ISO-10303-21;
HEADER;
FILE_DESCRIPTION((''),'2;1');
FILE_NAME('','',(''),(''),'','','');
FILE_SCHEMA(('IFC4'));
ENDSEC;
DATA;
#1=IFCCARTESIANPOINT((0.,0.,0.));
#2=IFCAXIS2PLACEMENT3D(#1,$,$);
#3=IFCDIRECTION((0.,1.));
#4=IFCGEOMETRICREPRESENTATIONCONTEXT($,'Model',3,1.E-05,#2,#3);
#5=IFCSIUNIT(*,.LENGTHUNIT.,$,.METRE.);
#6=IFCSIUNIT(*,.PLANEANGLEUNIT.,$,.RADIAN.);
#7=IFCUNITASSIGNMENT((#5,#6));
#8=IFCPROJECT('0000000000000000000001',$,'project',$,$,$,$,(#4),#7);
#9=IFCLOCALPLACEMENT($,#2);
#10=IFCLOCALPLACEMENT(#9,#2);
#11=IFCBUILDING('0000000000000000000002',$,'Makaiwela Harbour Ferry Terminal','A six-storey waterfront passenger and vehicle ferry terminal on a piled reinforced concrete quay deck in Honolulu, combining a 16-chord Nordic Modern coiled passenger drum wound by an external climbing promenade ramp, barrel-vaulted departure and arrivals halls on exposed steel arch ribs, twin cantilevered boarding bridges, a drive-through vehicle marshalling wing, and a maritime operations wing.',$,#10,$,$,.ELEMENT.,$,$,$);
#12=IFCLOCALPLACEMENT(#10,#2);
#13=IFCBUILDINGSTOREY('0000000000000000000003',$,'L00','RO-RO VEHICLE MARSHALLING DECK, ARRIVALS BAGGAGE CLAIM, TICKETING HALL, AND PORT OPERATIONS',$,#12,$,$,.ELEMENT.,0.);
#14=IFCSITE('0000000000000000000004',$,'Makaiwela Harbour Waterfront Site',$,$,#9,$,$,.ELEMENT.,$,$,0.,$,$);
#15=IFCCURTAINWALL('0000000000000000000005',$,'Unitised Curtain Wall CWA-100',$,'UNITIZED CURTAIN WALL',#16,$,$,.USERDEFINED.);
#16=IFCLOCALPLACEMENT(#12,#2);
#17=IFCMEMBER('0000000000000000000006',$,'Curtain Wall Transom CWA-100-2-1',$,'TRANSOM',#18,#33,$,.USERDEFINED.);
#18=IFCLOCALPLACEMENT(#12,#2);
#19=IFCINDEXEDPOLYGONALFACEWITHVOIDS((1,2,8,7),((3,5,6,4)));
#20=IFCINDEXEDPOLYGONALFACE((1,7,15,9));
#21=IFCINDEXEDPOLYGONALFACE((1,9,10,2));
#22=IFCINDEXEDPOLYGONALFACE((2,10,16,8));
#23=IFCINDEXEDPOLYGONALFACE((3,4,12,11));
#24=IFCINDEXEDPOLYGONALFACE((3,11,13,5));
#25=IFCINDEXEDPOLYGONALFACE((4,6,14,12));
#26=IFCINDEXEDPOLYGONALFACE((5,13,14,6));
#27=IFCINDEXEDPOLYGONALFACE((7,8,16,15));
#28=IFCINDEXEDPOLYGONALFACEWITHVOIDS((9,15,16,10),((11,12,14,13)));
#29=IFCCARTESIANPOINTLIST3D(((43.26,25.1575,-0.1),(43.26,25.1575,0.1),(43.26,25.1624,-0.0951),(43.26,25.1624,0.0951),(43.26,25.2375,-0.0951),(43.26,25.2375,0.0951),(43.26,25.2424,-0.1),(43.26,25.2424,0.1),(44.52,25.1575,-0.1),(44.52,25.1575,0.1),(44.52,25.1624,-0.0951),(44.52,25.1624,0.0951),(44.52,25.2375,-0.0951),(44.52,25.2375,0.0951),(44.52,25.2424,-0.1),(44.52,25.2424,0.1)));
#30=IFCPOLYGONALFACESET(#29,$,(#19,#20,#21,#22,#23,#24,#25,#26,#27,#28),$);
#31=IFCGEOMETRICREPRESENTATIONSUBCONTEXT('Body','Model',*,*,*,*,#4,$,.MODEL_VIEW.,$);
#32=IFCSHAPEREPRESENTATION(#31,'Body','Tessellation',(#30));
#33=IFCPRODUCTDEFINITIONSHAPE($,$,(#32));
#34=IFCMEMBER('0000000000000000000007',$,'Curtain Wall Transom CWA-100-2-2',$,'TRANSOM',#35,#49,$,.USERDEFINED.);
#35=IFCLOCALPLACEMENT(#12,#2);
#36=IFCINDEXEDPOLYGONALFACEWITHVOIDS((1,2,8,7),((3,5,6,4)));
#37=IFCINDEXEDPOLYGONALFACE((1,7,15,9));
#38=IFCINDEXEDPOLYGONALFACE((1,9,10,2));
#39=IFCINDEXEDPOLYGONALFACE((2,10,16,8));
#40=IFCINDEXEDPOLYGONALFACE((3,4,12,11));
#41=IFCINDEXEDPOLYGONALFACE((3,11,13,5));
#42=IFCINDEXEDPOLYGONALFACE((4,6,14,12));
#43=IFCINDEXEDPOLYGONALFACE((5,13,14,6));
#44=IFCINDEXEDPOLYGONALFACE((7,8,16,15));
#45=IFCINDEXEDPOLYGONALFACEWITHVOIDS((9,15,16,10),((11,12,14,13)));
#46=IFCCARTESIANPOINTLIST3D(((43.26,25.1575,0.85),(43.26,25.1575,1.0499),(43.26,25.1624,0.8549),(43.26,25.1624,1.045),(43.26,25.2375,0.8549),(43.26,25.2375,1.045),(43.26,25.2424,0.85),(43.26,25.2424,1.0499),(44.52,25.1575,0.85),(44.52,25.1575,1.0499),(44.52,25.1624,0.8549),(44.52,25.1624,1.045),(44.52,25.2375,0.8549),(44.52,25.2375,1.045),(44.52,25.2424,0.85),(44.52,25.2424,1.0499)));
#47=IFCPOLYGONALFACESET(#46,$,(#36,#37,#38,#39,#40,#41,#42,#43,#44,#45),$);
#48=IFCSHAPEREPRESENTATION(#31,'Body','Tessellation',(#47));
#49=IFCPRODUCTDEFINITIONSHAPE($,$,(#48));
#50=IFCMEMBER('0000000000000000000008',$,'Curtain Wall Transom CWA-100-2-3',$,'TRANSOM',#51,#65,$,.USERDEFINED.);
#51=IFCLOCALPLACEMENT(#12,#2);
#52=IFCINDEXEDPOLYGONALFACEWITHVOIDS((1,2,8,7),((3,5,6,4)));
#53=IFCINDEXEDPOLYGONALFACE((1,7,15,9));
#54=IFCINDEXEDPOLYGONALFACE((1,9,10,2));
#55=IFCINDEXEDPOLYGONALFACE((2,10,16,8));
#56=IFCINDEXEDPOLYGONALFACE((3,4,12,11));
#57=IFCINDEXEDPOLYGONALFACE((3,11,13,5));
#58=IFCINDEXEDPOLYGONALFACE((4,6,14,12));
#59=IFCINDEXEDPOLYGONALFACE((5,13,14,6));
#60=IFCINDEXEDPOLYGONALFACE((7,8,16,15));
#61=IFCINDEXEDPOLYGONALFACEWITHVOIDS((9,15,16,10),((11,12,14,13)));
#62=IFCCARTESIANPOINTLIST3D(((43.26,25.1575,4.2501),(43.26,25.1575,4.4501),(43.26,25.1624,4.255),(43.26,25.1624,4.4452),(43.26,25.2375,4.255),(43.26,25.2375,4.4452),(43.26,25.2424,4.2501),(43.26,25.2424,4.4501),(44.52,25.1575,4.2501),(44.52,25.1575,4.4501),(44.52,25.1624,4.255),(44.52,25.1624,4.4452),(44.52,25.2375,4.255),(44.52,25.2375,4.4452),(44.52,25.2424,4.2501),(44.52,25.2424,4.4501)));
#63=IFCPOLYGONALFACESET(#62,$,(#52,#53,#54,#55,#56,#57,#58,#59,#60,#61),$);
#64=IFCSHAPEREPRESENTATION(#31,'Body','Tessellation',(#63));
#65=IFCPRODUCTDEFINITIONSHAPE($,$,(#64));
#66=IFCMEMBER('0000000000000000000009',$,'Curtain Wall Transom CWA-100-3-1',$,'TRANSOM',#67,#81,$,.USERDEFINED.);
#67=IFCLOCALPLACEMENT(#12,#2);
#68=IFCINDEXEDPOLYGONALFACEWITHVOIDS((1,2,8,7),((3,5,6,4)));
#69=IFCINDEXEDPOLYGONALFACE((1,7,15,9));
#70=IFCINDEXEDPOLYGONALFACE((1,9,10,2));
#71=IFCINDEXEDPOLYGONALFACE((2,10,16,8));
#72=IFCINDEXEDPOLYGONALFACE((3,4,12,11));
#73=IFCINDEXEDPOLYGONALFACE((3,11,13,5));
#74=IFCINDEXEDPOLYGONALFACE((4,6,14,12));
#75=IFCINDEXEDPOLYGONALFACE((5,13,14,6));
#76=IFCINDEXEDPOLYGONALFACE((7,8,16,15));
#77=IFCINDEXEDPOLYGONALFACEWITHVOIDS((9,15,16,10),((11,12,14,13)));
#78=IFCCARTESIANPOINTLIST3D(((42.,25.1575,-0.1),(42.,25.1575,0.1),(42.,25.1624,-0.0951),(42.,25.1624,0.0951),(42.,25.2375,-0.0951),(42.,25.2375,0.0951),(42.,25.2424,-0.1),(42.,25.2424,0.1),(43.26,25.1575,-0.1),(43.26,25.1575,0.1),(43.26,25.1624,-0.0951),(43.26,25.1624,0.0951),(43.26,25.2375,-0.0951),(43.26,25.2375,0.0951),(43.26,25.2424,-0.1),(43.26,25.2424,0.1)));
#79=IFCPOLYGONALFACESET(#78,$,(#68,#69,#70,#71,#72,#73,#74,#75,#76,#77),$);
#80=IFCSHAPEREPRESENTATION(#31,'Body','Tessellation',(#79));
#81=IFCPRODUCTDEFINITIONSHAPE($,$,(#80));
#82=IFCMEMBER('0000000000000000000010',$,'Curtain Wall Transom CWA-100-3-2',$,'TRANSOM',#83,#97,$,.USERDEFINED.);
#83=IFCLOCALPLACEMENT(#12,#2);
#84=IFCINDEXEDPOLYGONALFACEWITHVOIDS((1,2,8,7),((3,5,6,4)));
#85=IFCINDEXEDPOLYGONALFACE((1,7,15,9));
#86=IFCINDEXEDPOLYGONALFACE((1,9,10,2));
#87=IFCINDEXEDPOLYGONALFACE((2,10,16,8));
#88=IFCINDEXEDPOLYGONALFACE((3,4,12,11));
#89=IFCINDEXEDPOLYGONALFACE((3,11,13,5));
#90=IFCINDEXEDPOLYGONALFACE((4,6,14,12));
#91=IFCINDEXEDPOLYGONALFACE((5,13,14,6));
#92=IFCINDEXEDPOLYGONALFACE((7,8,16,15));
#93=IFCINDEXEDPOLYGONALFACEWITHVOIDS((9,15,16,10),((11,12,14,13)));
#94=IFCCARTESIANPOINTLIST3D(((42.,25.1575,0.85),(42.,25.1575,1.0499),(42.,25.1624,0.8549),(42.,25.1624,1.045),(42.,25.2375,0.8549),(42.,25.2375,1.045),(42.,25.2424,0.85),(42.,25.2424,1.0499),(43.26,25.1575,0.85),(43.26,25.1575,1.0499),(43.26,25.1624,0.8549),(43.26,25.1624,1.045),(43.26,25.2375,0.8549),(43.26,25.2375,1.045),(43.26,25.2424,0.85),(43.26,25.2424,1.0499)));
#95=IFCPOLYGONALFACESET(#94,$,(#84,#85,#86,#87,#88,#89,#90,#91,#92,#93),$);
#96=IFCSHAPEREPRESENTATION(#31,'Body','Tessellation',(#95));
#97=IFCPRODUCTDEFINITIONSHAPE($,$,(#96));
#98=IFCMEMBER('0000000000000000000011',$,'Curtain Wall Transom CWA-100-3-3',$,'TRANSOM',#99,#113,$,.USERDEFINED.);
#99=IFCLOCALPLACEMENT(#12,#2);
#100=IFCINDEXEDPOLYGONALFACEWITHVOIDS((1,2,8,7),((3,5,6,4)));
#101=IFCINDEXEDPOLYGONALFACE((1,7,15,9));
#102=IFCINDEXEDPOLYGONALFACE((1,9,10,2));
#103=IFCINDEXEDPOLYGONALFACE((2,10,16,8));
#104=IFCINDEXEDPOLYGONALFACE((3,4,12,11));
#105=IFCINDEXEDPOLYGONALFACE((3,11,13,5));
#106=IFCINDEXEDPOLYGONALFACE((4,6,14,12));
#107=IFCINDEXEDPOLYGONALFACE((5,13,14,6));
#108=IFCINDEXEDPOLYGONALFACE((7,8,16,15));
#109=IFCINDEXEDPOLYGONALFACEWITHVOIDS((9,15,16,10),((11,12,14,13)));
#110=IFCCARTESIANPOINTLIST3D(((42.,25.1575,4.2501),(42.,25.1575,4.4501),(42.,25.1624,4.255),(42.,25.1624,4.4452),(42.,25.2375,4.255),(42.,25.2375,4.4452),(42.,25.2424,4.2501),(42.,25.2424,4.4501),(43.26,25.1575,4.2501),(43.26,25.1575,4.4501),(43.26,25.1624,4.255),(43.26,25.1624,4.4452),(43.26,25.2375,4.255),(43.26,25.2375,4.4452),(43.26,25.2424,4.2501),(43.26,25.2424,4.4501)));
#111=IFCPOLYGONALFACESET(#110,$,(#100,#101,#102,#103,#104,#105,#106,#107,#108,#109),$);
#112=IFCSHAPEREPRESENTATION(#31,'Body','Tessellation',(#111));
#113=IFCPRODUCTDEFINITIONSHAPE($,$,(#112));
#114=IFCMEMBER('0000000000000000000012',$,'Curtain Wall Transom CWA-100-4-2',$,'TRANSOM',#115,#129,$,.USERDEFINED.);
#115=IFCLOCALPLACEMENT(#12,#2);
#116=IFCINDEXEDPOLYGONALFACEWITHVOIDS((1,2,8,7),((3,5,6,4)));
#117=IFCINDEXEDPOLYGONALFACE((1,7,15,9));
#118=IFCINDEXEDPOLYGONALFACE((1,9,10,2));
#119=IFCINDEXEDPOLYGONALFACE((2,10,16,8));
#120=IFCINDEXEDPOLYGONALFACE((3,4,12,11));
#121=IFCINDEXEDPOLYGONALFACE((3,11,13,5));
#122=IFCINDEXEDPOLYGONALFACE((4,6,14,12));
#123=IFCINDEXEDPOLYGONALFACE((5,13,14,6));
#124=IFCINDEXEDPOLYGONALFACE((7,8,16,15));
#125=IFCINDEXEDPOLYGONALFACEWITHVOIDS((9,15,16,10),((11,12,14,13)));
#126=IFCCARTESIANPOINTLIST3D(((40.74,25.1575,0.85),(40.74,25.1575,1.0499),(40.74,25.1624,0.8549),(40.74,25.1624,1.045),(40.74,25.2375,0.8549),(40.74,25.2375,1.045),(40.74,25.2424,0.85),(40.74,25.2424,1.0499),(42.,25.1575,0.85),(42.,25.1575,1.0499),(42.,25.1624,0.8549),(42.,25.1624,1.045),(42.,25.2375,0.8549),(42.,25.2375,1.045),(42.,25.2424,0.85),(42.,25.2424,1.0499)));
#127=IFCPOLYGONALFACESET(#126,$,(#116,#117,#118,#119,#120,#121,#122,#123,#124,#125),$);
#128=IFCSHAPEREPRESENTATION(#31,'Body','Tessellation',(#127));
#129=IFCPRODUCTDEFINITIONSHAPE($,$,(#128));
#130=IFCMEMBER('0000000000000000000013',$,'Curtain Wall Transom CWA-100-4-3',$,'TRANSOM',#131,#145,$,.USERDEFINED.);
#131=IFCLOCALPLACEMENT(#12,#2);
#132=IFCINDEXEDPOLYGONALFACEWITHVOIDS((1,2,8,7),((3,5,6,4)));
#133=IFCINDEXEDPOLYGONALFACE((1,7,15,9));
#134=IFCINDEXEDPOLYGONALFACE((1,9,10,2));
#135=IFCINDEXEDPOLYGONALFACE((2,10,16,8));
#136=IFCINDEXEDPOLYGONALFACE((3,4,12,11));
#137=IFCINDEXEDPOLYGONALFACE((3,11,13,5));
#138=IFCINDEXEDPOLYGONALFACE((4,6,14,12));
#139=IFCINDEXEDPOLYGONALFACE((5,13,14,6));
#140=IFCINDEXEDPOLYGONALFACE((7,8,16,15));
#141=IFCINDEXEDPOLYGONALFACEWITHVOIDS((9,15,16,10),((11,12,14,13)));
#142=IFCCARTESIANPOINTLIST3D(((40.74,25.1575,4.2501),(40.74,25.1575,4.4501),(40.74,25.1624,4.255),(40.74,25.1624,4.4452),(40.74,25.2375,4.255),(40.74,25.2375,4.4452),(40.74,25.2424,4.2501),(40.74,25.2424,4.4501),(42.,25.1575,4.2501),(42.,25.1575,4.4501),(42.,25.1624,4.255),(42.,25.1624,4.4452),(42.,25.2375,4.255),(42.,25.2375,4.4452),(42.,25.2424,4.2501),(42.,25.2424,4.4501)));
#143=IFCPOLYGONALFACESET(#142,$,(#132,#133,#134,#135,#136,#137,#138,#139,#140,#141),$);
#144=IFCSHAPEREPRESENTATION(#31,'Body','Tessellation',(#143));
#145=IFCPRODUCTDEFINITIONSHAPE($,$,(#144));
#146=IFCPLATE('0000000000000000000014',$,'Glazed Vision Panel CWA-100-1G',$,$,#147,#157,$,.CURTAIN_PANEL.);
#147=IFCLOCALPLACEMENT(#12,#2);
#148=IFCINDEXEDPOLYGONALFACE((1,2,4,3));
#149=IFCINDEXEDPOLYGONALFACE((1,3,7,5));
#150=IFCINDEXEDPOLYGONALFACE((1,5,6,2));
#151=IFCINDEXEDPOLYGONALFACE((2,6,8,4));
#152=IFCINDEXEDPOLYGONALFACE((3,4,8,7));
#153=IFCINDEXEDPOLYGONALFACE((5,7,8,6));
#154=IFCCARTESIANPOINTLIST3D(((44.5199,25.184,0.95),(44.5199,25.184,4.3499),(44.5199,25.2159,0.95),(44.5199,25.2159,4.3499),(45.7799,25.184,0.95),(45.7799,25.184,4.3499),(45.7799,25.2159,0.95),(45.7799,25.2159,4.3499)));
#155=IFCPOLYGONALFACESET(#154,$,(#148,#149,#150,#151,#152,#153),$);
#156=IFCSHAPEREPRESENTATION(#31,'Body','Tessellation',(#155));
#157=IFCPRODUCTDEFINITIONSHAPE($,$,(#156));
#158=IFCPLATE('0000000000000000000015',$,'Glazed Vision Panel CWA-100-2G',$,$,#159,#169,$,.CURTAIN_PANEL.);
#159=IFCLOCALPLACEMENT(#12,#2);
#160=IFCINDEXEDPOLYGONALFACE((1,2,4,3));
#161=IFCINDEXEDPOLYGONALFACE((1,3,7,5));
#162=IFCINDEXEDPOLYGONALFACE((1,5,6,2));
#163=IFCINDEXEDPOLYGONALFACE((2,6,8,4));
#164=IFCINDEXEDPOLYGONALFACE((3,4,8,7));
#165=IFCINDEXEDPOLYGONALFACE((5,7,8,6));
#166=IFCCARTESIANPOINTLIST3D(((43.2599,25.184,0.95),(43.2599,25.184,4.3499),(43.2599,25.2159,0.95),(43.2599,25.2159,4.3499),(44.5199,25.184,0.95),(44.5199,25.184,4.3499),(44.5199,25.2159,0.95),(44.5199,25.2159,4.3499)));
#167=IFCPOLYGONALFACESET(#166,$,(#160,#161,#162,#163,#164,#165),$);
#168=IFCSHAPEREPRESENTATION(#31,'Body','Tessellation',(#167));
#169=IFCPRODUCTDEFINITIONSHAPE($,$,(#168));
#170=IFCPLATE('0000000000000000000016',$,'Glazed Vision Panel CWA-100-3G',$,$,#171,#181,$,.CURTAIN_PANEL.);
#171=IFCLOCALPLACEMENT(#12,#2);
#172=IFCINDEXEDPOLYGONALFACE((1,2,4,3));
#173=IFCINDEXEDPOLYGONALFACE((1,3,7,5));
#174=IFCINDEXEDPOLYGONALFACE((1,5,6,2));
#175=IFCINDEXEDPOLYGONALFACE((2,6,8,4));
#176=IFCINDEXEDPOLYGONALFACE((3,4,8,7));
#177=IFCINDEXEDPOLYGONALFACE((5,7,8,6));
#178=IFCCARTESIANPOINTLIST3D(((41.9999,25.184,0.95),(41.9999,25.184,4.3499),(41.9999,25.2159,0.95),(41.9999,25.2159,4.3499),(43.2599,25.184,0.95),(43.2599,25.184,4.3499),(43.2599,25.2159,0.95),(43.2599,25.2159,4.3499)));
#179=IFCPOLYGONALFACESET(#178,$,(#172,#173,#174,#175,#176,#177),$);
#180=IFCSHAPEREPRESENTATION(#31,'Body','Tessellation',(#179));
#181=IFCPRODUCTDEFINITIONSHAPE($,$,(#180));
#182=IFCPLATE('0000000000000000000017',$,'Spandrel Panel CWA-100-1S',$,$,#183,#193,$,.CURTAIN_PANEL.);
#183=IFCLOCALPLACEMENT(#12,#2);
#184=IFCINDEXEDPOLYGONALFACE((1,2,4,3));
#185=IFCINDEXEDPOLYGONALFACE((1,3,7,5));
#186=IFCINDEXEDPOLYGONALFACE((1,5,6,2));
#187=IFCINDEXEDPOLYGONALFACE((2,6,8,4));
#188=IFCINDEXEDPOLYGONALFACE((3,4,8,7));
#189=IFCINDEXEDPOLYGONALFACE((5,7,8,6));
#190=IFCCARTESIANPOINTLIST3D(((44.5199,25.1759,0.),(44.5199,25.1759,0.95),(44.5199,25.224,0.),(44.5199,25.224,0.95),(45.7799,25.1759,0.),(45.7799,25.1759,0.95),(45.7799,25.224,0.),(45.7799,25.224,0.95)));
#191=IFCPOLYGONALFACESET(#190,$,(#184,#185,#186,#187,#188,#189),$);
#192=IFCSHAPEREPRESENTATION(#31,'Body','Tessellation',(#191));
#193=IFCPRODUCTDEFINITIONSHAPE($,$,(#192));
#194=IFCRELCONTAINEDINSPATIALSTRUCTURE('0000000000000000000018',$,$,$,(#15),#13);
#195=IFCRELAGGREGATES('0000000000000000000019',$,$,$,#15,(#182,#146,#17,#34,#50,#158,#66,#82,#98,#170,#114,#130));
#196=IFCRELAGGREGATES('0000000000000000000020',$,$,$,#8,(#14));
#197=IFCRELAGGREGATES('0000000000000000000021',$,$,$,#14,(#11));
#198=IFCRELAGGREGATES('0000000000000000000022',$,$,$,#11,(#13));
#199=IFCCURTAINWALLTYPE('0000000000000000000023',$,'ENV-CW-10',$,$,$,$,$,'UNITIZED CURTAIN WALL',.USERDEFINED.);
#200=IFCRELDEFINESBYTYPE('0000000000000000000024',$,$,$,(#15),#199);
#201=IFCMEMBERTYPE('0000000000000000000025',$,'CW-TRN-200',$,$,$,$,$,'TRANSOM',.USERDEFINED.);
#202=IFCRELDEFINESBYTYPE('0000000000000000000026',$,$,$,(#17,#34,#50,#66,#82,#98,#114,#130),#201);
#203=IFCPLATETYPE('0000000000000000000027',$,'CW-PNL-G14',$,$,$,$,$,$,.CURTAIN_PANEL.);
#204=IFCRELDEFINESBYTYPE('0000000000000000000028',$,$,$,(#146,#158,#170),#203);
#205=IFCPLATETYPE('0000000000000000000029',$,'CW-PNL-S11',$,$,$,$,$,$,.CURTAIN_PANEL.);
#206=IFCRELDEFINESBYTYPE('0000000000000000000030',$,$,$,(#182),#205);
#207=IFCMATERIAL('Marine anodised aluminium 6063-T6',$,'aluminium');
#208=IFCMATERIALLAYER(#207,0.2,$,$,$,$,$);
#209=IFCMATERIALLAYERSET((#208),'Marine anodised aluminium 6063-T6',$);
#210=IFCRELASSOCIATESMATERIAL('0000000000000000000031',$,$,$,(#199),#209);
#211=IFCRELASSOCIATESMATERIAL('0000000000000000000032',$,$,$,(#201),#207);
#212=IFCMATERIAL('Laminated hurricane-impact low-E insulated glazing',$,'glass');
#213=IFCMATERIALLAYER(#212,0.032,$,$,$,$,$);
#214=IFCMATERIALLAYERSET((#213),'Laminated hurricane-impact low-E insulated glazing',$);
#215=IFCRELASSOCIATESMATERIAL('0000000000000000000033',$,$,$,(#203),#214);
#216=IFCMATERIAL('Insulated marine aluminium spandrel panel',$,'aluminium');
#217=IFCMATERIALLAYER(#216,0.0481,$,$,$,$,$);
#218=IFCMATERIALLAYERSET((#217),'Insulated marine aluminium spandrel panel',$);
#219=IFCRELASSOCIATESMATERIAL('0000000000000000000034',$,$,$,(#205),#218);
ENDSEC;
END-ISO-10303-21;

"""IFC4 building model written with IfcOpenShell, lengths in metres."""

from ifc_helpers import new_model, si_unit, direction, frame, origin, origin_2d, place, context, subcontext, project, spatial, rectangle, hollow_rectangle, extrude, material, layer, layer_set, material_profile, profile_set, type_object, element, aggregate, save


model = new_model("IFC4")

# Units and contexts
model_context = context("Model", 3, precision=1e-05, world=origin(), true_north=direction((0.0, 1.0)))
body_context = subcontext(model_context, "Body", "Model", "MODEL_VIEW")
ifc_project = project(units=[si_unit("LENGTHUNIT", "METRE"), si_unit("PLANEANGLEUNIT", "RADIAN")], contexts=[model_context])

# Site, building, storey
site_placement = place(None, origin())
site = spatial("IfcSite", under=ifc_project, at=site_placement, Name="Makaiwela Harbour Waterfront Site", CompositionType="ELEMENT", RefElevation=0.0)
building_placement = place(site_placement, origin())
building = spatial("IfcBuilding", under=site, at=building_placement, Name="Makaiwela Harbour Ferry Terminal", Description="A six-storey waterfront passenger and vehicle ferry terminal on a piled reinforced concrete quay deck in Honolulu, combining a 16-chord Nordic Modern coiled passenger drum wound by an external climbing promenade ramp, barrel-vaulted departure and arrivals halls on exposed steel arch ribs, twin cantilevered boarding bridges, a drive-through vehicle marshalling wing, and a maritime operations wing.", CompositionType="ELEMENT")
storey_placement = place(building_placement, origin())
storey = spatial("IfcBuildingStorey", under=building, at=storey_placement, Name="L00", Description="RO-RO VEHICLE MARSHALLING DECK, ARRIVALS BAGGAGE CLAIM, TICKETING HALL, AND PORT OPERATIONS", CompositionType="ELEMENT", Elevation=0.0)

# Curtain wall, members, plates
ifc_material_1 = material(Name="Marine anodised aluminium 6063-T6", Category="aluminium")
ifc_layer_1 = layer(ifc_material_1, 0.2)
ifc_layer_set_1 = layer_set([ifc_layer_1], Name="Marine anodised aluminium 6063-T6")
curtain_wall_type = type_object("IfcCurtainWallType", Name="ENV-CW-10", ElementType="UNITIZED CURTAIN WALL", PredefinedType="USERDEFINED", material=ifc_layer_set_1)
curtain_wall_placement = place(storey_placement, origin())
curtain_wall = element("IfcCurtainWall", 1, at=curtain_wall_placement, inside=storey, type_object=curtain_wall_type, Name="Unitised Curtain Wall CWA-100", ObjectType="UNITIZED CURTAIN WALL", PredefinedType="USERDEFINED")
ifc_material_profile_1 = material_profile(ifc_material_1, hollow_rectangle(XDim=0.085, YDim=0.2, WallThickness=0.0049, at=origin_2d()), Name="CWT-200X85")
ifc_profile_set_1 = profile_set([ifc_material_profile_1], Name="Marine anodised aluminium 6063-T6")
member_type_1 = type_object("IfcMemberType", Name="CW-TRN-200", ElementType="TRANSOM", PredefinedType="USERDEFINED", material=ifc_profile_set_1)
member_1_placement = place(storey_placement, frame((44.52, 25.2, 0.0), z_axis=(-1.0, 0.0, 0.0), x_axis=(0.0, -1.0, 0.0)))
member_1 = element("IfcMember", 2, at=member_1_placement, type_object=member_type_1, Name="Curtain Wall Transom CWA-100-2-1", ObjectType="TRANSOM", PredefinedType="USERDEFINED", context=body_context, shape_type="SweptSolid", body=[
    extrude(hollow_rectangle(XDim=0.085, YDim=0.2, WallThickness=0.0049, at=origin_2d()), origin(), (0.0, 0.0, 1.0), 1.26),
])
member_2_placement = place(storey_placement, frame((44.52, 25.2, 0.95), z_axis=(-1.0, 0.0, 0.0), x_axis=(0.0, -1.0, 0.0)))
member_2 = element("IfcMember", 3, at=member_2_placement, type_object=member_type_1, Name="Curtain Wall Transom CWA-100-2-2", ObjectType="TRANSOM", PredefinedType="USERDEFINED", context=body_context, shape_type="SweptSolid", body=[
    extrude(hollow_rectangle(XDim=0.085, YDim=0.2, WallThickness=0.0049, at=origin_2d()), origin(), (0.0, 0.0, 1.0), 1.26),
])
member_3_placement = place(storey_placement, frame((44.52, 25.2, 4.3501), z_axis=(-1.0, 0.0, 0.0), x_axis=(0.0, -1.0, 0.0)))
member_3 = element("IfcMember", 4, at=member_3_placement, type_object=member_type_1, Name="Curtain Wall Transom CWA-100-2-3", ObjectType="TRANSOM", PredefinedType="USERDEFINED", context=body_context, shape_type="SweptSolid", body=[
    extrude(hollow_rectangle(XDim=0.085, YDim=0.2, WallThickness=0.0049, at=origin_2d()), origin(), (0.0, 0.0, 1.0), 1.26),
])
member_4_placement = place(storey_placement, frame((43.26, 25.2, 0.0), z_axis=(-1.0, 0.0, 0.0), x_axis=(0.0, -1.0, 0.0)))
member_4 = element("IfcMember", 5, at=member_4_placement, type_object=member_type_1, Name="Curtain Wall Transom CWA-100-3-1", ObjectType="TRANSOM", PredefinedType="USERDEFINED", context=body_context, shape_type="SweptSolid", body=[
    extrude(hollow_rectangle(XDim=0.085, YDim=0.2, WallThickness=0.0049, at=origin_2d()), origin(), (0.0, 0.0, 1.0), 1.26),
])
member_5_placement = place(storey_placement, frame((43.26, 25.2, 0.95), z_axis=(-1.0, 0.0, 0.0), x_axis=(0.0, -1.0, 0.0)))
member_5 = element("IfcMember", 6, at=member_5_placement, type_object=member_type_1, Name="Curtain Wall Transom CWA-100-3-2", ObjectType="TRANSOM", PredefinedType="USERDEFINED", context=body_context, shape_type="SweptSolid", body=[
    extrude(hollow_rectangle(XDim=0.085, YDim=0.2, WallThickness=0.0049, at=origin_2d()), origin(), (0.0, 0.0, 1.0), 1.26),
])
member_6_placement = place(storey_placement, frame((43.26, 25.2, 4.3501), z_axis=(-1.0, 0.0, 0.0), x_axis=(0.0, -1.0, 0.0)))
member_6 = element("IfcMember", 7, at=member_6_placement, type_object=member_type_1, Name="Curtain Wall Transom CWA-100-3-3", ObjectType="TRANSOM", PredefinedType="USERDEFINED", context=body_context, shape_type="SweptSolid", body=[
    extrude(hollow_rectangle(XDim=0.085, YDim=0.2, WallThickness=0.0049, at=origin_2d()), origin(), (0.0, 0.0, 1.0), 1.26),
])
member_7_placement = place(storey_placement, frame((42.0, 25.2, 0.95), z_axis=(-1.0, 0.0, 0.0), x_axis=(0.0, -1.0, 0.0)))
member_7 = element("IfcMember", 8, at=member_7_placement, type_object=member_type_1, Name="Curtain Wall Transom CWA-100-4-2", ObjectType="TRANSOM", PredefinedType="USERDEFINED", context=body_context, shape_type="SweptSolid", body=[
    extrude(hollow_rectangle(XDim=0.085, YDim=0.2, WallThickness=0.0049, at=origin_2d()), origin(), (0.0, 0.0, 1.0), 1.26),
])
member_8_placement = place(storey_placement, frame((42.0, 25.2, 4.3501), z_axis=(-1.0, 0.0, 0.0), x_axis=(0.0, -1.0, 0.0)))
member_8 = element("IfcMember", 9, at=member_8_placement, type_object=member_type_1, Name="Curtain Wall Transom CWA-100-4-3", ObjectType="TRANSOM", PredefinedType="USERDEFINED", context=body_context, shape_type="SweptSolid", body=[
    extrude(hollow_rectangle(XDim=0.085, YDim=0.2, WallThickness=0.0049, at=origin_2d()), origin(), (0.0, 0.0, 1.0), 1.26),
])
ifc_material_2 = material(Name="Laminated hurricane-impact low-E insulated glazing", Category="glass")
ifc_layer_2 = layer(ifc_material_2, 0.032)
ifc_layer_set_2 = layer_set([ifc_layer_2], Name="Laminated hurricane-impact low-E insulated glazing")
plate_type_1 = type_object("IfcPlateType", Name="CW-PNL-G14", PredefinedType="CURTAIN_PANEL", material=ifc_layer_set_2)
plate_1_placement = place(storey_placement, frame((45.1499, 25.2, 0.95), z_axis=(0.0, 0.0, 1.0), x_axis=(-1.0, 0.0, 0.0)))
plate_1 = element("IfcPlate", 10, at=plate_1_placement, type_object=plate_type_1, Name="Glazed Vision Panel CWA-100-1G", PredefinedType="CURTAIN_PANEL", context=body_context, shape_type="SweptSolid", body=[
    extrude(rectangle(XDim=1.26, YDim=0.032, at=origin_2d()), origin(), (0.0, 0.0, 1.0), 3.3999),
])
plate_2_placement = place(storey_placement, frame((43.8899, 25.2, 0.95), z_axis=(0.0, 0.0, 1.0), x_axis=(-1.0, 0.0, 0.0)))
plate_2 = element("IfcPlate", 11, at=plate_2_placement, type_object=plate_type_1, Name="Glazed Vision Panel CWA-100-2G", PredefinedType="CURTAIN_PANEL", context=body_context, shape_type="SweptSolid", body=[
    extrude(rectangle(XDim=1.26, YDim=0.032, at=origin_2d()), origin(), (0.0, 0.0, 1.0), 3.3999),
])
plate_3_placement = place(storey_placement, frame((42.6299, 25.2, 0.95), z_axis=(0.0, 0.0, 1.0), x_axis=(-1.0, 0.0, 0.0)))
plate_3 = element("IfcPlate", 12, at=plate_3_placement, type_object=plate_type_1, Name="Glazed Vision Panel CWA-100-3G", PredefinedType="CURTAIN_PANEL", context=body_context, shape_type="SweptSolid", body=[
    extrude(rectangle(XDim=1.26, YDim=0.032, at=origin_2d()), origin(), (0.0, 0.0, 1.0), 3.3999),
])
ifc_material_3 = material(Name="Insulated marine aluminium spandrel panel", Category="aluminium")
ifc_layer_3 = layer(ifc_material_3, 0.0481)
ifc_layer_set_3 = layer_set([ifc_layer_3], Name="Insulated marine aluminium spandrel panel")
plate_type_2 = type_object("IfcPlateType", Name="CW-PNL-S11", PredefinedType="CURTAIN_PANEL", material=ifc_layer_set_3)
plate_4_placement = place(storey_placement, frame((45.1499, 25.2, 0.0), z_axis=(0.0, 0.0, 1.0), x_axis=(-1.0, 0.0, 0.0)))
plate_4 = element("IfcPlate", 13, at=plate_4_placement, type_object=plate_type_2, Name="Spandrel Panel CWA-100-1S", PredefinedType="CURTAIN_PANEL", context=body_context, shape_type="SweptSolid", body=[
    extrude(rectangle(XDim=1.26, YDim=0.0481, at=origin_2d()), origin(), (0.0, 0.0, 1.0), 0.95),
])
aggregate(curtain_wall, [plate_4, plate_1, member_1, member_2, member_3, plate_2, member_4, member_5, member_6, plate_3, member_7, member_8])

save(model, "model.ifc")
